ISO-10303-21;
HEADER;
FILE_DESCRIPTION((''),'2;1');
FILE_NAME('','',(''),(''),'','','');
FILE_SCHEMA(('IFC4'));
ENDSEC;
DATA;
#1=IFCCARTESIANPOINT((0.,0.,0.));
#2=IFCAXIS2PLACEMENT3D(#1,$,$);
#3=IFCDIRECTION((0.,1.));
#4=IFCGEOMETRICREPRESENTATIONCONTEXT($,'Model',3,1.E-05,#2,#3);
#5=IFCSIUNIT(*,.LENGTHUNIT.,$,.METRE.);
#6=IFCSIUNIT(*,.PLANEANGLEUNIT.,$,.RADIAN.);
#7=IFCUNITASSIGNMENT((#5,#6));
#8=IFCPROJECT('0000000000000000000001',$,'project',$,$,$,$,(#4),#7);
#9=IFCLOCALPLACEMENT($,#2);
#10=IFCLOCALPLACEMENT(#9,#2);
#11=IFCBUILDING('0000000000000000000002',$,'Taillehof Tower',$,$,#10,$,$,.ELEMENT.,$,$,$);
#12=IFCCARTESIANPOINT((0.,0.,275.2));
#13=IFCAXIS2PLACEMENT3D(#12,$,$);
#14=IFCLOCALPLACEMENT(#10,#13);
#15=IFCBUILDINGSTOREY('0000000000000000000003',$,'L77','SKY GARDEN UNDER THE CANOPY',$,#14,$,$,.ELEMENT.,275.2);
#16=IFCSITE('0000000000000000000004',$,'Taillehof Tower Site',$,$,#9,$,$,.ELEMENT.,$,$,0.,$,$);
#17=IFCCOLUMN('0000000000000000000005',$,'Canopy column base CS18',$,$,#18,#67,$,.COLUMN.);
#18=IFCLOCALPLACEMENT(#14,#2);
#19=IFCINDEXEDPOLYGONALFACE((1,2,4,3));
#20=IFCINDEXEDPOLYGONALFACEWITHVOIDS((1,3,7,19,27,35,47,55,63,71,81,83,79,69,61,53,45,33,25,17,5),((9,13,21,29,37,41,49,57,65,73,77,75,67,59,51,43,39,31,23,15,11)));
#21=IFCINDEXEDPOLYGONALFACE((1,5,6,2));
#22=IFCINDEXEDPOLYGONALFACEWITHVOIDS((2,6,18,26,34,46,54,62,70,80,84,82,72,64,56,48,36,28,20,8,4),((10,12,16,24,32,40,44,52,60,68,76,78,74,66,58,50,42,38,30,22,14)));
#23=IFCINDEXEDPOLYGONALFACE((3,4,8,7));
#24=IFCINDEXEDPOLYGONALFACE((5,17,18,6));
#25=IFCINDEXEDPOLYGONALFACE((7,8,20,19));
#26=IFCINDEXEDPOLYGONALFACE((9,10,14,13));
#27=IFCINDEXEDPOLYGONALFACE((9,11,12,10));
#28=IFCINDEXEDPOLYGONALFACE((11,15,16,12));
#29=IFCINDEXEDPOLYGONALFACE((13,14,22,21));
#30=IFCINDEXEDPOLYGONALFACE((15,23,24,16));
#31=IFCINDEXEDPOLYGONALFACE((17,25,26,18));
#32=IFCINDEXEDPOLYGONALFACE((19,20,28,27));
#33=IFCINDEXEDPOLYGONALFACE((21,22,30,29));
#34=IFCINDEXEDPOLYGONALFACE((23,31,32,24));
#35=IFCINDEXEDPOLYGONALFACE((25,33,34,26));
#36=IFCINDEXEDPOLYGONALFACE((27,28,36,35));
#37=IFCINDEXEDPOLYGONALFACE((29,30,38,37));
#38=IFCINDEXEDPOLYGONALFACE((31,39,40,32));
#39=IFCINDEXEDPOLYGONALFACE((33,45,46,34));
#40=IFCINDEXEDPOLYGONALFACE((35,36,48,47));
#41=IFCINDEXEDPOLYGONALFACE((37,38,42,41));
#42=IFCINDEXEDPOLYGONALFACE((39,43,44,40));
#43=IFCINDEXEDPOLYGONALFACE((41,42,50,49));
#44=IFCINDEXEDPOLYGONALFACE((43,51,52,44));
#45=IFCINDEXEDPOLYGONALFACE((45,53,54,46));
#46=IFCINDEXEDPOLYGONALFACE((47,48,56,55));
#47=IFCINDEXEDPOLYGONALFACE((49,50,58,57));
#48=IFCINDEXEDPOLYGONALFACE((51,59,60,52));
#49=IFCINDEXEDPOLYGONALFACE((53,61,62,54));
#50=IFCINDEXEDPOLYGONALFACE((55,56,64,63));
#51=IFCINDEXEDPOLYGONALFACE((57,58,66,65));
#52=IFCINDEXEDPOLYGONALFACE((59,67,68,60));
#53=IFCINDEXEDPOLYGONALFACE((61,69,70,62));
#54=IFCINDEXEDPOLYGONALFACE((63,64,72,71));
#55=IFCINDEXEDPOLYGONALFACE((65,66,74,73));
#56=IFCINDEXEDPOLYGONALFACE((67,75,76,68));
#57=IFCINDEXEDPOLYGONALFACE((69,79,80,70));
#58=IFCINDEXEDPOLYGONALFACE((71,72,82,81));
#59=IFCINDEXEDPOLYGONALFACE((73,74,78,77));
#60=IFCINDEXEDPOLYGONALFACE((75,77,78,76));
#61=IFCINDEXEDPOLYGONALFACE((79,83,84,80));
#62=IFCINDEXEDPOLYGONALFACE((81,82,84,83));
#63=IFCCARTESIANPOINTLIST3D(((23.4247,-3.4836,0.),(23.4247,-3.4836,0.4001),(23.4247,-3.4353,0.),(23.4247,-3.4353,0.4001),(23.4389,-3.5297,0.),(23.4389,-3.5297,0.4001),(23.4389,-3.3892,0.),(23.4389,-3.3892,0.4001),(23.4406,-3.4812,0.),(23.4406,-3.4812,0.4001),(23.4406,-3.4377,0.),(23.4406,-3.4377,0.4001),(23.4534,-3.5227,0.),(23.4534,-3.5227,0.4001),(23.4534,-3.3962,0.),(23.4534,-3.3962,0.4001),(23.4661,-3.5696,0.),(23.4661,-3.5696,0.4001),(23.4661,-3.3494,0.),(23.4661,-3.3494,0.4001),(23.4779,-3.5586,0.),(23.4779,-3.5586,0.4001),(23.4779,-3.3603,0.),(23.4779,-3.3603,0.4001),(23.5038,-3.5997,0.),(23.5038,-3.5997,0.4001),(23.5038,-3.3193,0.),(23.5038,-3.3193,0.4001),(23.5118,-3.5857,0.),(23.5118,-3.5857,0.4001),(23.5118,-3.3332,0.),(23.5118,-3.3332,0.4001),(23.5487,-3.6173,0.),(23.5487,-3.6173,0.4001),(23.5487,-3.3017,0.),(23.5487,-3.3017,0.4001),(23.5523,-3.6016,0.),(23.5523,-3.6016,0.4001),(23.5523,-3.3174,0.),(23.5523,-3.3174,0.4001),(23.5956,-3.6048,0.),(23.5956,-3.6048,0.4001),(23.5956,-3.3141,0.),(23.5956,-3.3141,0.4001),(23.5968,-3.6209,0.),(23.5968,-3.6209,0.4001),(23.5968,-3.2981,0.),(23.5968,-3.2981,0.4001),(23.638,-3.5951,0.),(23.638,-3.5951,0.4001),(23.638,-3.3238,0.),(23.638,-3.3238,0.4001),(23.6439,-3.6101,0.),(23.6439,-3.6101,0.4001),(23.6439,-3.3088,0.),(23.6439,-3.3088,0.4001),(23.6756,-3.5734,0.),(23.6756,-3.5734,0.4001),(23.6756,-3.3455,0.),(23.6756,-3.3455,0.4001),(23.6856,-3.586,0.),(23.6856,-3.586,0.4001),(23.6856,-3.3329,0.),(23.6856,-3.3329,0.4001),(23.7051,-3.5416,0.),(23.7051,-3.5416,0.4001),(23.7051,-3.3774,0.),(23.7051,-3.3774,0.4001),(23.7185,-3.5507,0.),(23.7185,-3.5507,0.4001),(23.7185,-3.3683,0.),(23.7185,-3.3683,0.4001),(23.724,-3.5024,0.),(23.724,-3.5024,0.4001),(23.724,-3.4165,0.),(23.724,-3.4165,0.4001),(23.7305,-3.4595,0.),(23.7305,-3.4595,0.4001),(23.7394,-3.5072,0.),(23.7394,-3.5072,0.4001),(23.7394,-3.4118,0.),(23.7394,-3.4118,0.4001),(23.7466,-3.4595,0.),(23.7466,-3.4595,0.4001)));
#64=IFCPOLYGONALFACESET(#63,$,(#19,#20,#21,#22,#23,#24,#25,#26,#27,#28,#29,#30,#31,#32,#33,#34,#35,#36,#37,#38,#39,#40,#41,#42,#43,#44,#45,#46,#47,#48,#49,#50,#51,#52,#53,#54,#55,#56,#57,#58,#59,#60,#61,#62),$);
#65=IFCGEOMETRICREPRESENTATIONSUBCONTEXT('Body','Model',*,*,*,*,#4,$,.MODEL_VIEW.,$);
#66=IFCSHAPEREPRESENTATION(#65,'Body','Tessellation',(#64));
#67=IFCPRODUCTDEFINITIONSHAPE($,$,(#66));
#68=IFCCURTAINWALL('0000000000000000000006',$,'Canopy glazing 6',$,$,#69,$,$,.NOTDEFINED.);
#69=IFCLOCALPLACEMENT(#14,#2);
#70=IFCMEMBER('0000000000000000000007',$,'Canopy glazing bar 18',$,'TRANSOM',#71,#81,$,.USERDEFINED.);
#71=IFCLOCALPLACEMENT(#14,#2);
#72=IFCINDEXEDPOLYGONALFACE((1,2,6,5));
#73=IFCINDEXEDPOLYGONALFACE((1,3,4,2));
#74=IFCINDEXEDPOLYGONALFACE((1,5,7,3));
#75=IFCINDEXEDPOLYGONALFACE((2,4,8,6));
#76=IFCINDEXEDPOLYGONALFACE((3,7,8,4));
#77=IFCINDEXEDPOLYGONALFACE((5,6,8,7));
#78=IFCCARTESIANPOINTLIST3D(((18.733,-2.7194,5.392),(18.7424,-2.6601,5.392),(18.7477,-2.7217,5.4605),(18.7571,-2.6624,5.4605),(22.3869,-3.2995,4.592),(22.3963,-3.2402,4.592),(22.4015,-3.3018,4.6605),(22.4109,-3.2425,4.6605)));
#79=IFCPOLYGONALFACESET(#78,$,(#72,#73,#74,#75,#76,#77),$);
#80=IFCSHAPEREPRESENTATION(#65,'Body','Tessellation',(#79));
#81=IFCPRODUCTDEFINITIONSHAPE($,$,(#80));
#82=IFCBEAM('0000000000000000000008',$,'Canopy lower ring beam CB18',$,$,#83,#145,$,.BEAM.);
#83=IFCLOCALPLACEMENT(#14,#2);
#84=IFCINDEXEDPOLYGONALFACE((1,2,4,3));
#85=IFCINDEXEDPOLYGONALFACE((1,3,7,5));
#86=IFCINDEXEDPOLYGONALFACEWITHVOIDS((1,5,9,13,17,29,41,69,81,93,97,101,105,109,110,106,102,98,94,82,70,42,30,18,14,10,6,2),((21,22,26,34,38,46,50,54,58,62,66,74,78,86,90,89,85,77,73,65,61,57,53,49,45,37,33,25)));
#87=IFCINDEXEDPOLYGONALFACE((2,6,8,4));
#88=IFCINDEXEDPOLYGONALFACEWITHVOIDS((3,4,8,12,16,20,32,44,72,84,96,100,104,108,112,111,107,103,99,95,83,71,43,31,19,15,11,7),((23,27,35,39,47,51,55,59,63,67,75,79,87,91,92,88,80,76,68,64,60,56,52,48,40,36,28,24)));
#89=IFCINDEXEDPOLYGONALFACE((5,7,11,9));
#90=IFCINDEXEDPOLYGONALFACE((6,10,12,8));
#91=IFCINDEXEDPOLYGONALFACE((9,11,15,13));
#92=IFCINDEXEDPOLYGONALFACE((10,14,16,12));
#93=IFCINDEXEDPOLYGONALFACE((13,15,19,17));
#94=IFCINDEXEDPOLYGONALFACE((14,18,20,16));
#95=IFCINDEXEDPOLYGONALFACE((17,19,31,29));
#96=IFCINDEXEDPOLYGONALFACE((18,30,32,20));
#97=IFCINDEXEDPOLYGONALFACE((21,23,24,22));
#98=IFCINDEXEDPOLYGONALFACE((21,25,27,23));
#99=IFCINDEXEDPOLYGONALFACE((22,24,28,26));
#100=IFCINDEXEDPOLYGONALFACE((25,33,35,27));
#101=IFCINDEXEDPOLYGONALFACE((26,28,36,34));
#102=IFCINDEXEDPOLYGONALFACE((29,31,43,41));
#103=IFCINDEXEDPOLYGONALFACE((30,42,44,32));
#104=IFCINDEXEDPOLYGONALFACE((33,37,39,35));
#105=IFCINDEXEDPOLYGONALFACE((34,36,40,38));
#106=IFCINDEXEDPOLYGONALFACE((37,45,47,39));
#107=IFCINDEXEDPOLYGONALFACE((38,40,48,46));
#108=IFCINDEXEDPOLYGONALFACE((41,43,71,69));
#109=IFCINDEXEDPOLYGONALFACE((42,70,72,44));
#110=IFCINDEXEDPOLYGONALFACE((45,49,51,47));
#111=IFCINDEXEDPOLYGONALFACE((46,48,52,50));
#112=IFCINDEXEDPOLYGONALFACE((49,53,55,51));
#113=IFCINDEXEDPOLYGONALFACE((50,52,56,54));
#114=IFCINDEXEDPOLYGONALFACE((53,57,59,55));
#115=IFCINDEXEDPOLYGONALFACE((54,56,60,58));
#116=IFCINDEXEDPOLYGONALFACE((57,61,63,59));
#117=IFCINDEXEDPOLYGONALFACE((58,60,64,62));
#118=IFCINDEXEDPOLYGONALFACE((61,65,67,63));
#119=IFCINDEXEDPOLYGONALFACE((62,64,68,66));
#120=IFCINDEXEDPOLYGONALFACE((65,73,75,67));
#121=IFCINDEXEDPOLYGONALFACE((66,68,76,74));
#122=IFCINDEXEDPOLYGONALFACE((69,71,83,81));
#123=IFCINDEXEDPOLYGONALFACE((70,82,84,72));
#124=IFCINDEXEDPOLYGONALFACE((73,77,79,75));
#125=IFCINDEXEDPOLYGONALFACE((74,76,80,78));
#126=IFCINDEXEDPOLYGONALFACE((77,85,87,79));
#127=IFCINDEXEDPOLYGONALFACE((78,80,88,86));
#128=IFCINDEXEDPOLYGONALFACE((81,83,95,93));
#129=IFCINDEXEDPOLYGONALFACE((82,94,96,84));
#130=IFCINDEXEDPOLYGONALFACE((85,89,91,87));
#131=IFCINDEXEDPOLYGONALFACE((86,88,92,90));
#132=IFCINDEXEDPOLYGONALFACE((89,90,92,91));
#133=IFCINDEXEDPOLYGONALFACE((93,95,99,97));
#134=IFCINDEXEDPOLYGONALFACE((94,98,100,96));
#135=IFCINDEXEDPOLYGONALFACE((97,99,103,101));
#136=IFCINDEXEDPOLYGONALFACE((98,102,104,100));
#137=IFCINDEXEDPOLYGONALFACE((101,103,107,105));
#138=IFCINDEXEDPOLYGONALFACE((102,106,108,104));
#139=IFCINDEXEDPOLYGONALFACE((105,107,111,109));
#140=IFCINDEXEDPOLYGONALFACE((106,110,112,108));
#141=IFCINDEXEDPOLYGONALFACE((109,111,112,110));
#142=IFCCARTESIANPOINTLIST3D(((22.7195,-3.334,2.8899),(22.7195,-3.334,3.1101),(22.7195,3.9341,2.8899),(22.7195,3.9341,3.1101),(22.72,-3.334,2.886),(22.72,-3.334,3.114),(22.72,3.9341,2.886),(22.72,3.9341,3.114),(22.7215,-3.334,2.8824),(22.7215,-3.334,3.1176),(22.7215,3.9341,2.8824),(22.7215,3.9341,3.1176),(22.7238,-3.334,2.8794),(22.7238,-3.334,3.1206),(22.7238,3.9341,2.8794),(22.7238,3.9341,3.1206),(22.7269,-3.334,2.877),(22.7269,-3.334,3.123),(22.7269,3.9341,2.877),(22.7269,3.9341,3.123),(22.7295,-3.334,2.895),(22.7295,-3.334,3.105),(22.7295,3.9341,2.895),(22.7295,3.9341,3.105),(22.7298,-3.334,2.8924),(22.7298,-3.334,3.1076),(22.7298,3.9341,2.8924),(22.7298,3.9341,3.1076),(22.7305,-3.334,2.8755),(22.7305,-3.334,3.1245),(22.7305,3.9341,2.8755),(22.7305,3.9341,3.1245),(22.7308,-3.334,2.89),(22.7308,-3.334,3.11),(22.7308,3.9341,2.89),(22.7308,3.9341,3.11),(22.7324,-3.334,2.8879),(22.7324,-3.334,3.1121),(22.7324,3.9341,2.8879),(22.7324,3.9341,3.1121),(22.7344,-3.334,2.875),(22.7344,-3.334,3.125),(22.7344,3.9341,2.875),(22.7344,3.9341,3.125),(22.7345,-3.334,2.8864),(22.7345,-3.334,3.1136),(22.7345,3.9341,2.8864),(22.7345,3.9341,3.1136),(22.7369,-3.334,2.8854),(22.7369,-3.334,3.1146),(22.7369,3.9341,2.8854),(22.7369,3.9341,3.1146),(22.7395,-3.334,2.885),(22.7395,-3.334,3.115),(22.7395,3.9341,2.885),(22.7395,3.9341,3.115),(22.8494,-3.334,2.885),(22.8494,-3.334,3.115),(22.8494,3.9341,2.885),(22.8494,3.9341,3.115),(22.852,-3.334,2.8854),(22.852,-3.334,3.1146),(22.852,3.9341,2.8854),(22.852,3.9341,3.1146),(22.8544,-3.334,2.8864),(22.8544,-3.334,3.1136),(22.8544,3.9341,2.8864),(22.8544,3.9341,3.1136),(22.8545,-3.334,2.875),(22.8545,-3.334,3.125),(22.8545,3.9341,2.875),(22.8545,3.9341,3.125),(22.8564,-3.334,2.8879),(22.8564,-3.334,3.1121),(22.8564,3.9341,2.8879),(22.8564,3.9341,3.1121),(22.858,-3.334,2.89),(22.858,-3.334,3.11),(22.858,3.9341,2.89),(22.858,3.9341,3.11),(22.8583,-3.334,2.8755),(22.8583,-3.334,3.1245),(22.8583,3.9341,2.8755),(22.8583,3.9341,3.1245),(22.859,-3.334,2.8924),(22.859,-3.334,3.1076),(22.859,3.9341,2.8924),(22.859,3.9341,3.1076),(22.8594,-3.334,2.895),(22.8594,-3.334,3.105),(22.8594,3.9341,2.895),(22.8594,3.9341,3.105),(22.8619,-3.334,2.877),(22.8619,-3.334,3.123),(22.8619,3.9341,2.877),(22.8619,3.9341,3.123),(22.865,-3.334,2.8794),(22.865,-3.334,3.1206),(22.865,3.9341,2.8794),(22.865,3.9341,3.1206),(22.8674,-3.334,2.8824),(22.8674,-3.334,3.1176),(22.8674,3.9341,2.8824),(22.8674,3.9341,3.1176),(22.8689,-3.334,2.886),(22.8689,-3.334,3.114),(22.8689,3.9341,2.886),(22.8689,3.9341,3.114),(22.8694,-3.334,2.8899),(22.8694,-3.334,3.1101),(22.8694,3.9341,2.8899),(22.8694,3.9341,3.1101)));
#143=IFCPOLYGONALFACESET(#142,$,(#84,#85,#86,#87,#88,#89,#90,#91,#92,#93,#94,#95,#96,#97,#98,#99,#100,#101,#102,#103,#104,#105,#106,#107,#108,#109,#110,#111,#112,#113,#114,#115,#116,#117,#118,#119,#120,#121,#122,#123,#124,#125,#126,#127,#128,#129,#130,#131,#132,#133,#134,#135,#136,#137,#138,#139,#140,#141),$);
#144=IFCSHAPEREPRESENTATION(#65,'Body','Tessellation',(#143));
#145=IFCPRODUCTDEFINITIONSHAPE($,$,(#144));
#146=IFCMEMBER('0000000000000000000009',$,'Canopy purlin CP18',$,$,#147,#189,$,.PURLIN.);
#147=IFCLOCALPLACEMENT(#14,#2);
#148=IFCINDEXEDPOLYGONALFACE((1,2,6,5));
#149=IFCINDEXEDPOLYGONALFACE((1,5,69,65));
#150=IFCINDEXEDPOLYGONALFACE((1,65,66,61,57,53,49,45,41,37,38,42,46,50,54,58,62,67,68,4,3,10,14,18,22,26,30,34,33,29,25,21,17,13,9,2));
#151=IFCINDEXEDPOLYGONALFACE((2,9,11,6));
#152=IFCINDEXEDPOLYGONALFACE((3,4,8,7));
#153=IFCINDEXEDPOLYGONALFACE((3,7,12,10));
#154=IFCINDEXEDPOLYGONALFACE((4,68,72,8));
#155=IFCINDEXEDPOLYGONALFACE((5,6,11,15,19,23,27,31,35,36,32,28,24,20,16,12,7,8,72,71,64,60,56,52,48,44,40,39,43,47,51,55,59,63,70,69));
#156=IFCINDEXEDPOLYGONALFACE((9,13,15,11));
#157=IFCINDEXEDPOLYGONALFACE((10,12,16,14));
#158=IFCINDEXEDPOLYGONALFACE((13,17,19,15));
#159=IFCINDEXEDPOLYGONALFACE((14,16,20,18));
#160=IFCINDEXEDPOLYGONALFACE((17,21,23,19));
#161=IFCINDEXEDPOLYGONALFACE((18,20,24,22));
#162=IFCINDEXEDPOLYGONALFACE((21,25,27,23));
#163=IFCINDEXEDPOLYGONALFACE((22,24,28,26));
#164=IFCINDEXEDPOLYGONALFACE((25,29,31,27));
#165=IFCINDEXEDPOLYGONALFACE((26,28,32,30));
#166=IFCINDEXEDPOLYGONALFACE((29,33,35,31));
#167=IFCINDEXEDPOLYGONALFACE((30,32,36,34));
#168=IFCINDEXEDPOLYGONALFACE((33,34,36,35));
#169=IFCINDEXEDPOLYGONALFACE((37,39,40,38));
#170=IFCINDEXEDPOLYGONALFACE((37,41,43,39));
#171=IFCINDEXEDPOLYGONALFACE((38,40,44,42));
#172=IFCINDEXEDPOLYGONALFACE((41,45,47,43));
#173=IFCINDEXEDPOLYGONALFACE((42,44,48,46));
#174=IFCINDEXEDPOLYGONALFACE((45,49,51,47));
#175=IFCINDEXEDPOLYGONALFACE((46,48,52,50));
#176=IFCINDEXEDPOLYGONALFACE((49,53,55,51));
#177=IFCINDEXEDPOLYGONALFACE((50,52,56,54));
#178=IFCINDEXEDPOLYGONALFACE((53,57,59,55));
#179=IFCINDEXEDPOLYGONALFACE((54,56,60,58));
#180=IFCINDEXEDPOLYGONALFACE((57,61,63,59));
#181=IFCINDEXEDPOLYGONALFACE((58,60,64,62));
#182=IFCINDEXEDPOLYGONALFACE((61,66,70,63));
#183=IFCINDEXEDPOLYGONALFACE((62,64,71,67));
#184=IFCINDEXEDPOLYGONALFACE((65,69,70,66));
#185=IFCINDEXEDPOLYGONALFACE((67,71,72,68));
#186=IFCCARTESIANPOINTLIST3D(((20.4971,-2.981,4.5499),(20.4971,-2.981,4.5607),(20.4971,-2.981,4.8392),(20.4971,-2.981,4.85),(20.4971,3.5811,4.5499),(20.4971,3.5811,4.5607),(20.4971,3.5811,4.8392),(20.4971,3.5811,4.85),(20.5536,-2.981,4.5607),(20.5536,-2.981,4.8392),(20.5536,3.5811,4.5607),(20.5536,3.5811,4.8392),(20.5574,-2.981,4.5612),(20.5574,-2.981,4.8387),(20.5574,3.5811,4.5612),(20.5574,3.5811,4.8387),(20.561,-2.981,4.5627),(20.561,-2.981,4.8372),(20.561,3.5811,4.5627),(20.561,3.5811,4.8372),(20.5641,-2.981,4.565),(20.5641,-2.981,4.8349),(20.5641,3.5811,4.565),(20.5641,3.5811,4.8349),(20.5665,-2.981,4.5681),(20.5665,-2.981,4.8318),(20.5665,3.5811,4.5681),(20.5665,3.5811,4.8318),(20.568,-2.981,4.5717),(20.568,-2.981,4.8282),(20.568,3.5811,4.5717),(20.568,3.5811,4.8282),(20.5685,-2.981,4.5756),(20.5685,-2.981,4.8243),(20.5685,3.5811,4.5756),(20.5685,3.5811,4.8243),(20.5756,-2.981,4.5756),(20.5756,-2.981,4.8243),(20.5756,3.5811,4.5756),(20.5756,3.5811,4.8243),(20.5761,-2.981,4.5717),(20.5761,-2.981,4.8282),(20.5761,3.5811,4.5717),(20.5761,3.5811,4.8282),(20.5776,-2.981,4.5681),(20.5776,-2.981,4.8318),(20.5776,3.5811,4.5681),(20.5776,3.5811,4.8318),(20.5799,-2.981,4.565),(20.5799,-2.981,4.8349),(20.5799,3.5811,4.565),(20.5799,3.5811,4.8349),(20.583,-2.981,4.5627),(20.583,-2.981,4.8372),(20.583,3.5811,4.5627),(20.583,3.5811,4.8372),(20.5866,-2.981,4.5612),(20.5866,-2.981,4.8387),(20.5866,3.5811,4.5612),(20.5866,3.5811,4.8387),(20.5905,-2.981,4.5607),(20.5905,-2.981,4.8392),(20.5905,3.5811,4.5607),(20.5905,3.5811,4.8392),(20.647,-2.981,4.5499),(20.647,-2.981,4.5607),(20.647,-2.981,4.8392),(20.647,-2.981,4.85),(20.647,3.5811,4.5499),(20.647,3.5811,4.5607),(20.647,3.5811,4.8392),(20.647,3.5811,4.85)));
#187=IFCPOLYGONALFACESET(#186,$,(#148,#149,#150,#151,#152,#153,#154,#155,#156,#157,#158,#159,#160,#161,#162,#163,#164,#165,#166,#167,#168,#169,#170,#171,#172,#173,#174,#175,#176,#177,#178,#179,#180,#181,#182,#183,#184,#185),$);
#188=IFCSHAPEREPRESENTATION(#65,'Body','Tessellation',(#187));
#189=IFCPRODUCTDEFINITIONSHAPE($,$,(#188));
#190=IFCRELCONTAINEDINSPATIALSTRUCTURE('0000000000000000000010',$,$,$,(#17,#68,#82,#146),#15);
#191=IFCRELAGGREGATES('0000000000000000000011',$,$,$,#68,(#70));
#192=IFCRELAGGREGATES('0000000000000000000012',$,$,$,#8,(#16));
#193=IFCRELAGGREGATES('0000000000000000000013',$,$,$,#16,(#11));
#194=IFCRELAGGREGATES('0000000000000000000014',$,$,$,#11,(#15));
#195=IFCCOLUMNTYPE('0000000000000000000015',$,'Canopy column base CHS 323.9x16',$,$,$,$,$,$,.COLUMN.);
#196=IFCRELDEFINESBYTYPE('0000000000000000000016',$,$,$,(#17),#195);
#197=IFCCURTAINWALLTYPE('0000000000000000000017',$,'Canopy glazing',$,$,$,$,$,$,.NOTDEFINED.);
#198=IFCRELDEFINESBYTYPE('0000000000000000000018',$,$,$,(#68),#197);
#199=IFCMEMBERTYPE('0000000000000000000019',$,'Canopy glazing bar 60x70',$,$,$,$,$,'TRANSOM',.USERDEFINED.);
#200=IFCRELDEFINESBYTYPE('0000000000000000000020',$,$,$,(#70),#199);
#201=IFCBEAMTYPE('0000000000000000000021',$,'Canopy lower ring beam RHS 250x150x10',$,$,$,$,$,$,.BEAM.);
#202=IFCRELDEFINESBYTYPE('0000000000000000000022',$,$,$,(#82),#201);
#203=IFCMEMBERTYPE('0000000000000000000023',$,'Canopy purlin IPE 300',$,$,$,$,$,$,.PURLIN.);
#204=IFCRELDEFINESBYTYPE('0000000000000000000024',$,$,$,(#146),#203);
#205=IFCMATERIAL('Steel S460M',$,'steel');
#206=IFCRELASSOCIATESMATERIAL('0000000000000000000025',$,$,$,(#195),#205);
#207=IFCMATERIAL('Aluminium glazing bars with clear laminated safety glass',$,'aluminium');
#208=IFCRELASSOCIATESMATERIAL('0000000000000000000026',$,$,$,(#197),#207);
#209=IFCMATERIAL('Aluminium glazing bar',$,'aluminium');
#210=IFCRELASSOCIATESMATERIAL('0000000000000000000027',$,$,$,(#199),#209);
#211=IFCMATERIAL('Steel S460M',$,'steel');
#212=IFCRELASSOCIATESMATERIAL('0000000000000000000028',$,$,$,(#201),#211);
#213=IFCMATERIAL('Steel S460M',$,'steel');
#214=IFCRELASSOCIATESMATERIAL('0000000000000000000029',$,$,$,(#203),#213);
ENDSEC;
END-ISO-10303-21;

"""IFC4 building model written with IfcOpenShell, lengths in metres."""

from ifc_helpers import new_model, si_unit, direction, frame, origin, origin_2d, place, context, subcontext, project, spatial, rectangle, hollow_rectangle, hollow_circle, i_section, extrude, material, material_profile, profile_set, type_object, element, aggregate, save


model = new_model("IFC4")

# Units and contexts
model_context = context("Model", 3, precision=1e-05, world=origin(), true_north=direction((0.0, 1.0)))
body_context = subcontext(model_context, "Body", "Model", "MODEL_VIEW")
ifc_project = project(units=[si_unit("LENGTHUNIT", "METRE"), si_unit("PLANEANGLEUNIT", "RADIAN")], contexts=[model_context])

# Site, building, storey
site_placement = place(None, origin())
site = spatial("IfcSite", under=ifc_project, at=site_placement, Name="Taillehof Tower Site", CompositionType="ELEMENT", RefElevation=0.0)
building_placement = place(site_placement, origin())
building = spatial("IfcBuilding", under=site, at=building_placement, Name="Taillehof Tower", CompositionType="ELEMENT")
storey_placement = place(building_placement, frame((0.0, 0.0, 275.2)))
storey = spatial("IfcBuildingStorey", under=building, at=storey_placement, Name="L77", Description="SKY GARDEN UNDER THE CANOPY", CompositionType="ELEMENT", Elevation=275.2)

# Column
ifc_material_1 = material(Name="Steel S460M", Category="steel")
ifc_material_profile_1 = material_profile(ifc_material_1, hollow_circle(Radius=0.1619, WallThickness=0.0161, at=origin_2d()), Name="CHS 323.9x16")
ifc_profile_set_1 = profile_set([ifc_material_profile_1], Name="Steel S460M")
column_type = type_object("IfcColumnType", Name="Canopy column base CHS 323.9x16", PredefinedType="COLUMN", material=ifc_profile_set_1)
column_placement = place(storey_placement, frame((23.5847, -3.4595, 0.0), z_axis=(0.0, 0.0, 1.0), x_axis=(1.0, 0.0, 0.0)))
element("IfcColumn", 1, at=column_placement, inside=storey, type_object=column_type, Name="Canopy column base CS18", PredefinedType="COLUMN", context=body_context, shape_type="SweptSolid", body=[
    extrude(hollow_circle(Radius=0.1619, WallThickness=0.0161, at=origin_2d()), origin(), (0.0, 0.0, 1.0), 0.4001),
])

# Curtain wall, member
ifc_material_2 = material(Name="Aluminium glazing bars with clear laminated safety glass", Category="aluminium")
curtain_wall_type = type_object("IfcCurtainWallType", Name="Canopy glazing", PredefinedType="NOTDEFINED", material=ifc_material_2)
curtain_wall_placement = place(storey_placement, origin())
curtain_wall = element("IfcCurtainWall", 2, at=curtain_wall_placement, inside=storey, type_object=curtain_wall_type, Name="Canopy glazing 6", PredefinedType="NOTDEFINED")
ifc_material_3 = material(Name="Aluminium glazing bar", Category="aluminium")
ifc_material_profile_2 = material_profile(ifc_material_3, rectangle(XDim=0.0601, YDim=0.0701, at=origin_2d()), Name="AL 60x70")
ifc_profile_set_2 = profile_set([ifc_material_profile_2], Name="Aluminium glazing bar")
member_type_1 = type_object("IfcMemberType", Name="Canopy glazing bar 60x70", ElementType="TRANSOM", PredefinedType="USERDEFINED", material=ifc_profile_set_2)
member_1_placement = place(storey_placement, frame((22.3989, -3.271, 4.6262), z_axis=(-0.965317, 0.153254, 0.211369), x_axis=(-0.156796, -0.987631, 0.0)))
member_1 = element("IfcMember", 3, at=member_1_placement, type_object=member_type_1, Name="Canopy glazing bar 18", ObjectType="TRANSOM", PredefinedType="USERDEFINED", context=body_context, shape_type="SweptSolid", body=[
    extrude(rectangle(XDim=0.0601, YDim=0.0701, at=origin_2d()), origin(), (0.0, 0.0, 1.0), 3.7852),
])
aggregate(curtain_wall, [member_1])

# Beam
ifc_material_4 = material(Name="Steel S460M", Category="steel")
ifc_material_profile_3 = material_profile(ifc_material_4, hollow_rectangle(XDim=0.1499, YDim=0.25, WallThickness=0.01, InnerFilletRadius=0.01, OuterFilletRadius=0.0149, at=origin_2d()), Name="RHS 250x150x10")
ifc_profile_set_3 = profile_set([ifc_material_profile_3], Name="Steel S460M")
beam_type_1 = type_object("IfcBeamType", Name="Canopy lower ring beam RHS 250x150x10", PredefinedType="BEAM", material=ifc_profile_set_3)
beam_1_placement = place(storey_placement, frame((22.7944, -3.334, 3.0), z_axis=(0.0, 1.0, 0.0), x_axis=(-1.0, 0.0, 0.0)))
element("IfcBeam", 4, at=beam_1_placement, inside=storey, type_object=beam_type_1, Name="Canopy lower ring beam CB18", PredefinedType="BEAM", context=body_context, shape_type="SweptSolid", body=[
    extrude(hollow_rectangle(XDim=0.1499, YDim=0.25, WallThickness=0.01, InnerFilletRadius=0.01, OuterFilletRadius=0.0149, at=origin_2d()), origin(), (0.0, 0.0, 1.0), 7.2681),
])

# Member
ifc_material_5 = material(Name="Steel S460M", Category="steel")
ifc_material_profile_4 = material_profile(ifc_material_5, i_section(OverallWidth=0.1499, OverallDepth=0.3, WebThickness=0.0071, FlangeThickness=0.0107, FilletRadius=0.0149, at=origin_2d()), Name="IPE 300")
ifc_profile_set_4 = profile_set([ifc_material_profile_4], Name="Steel S460M")
member_type_2 = type_object("IfcMemberType", Name="Canopy purlin IPE 300", PredefinedType="PURLIN", material=ifc_profile_set_4)
member_2_placement = place(storey_placement, frame((20.572, -2.981, 4.7), z_axis=(0.0, 1.0, 0.0), x_axis=(-1.0, 0.0, 0.0)))
element("IfcMember", 5, at=member_2_placement, inside=storey, type_object=member_type_2, Name="Canopy purlin CP18", PredefinedType="PURLIN", context=body_context, shape_type="SweptSolid", body=[
    extrude(i_section(OverallWidth=0.1499, OverallDepth=0.3, WebThickness=0.0071, FlangeThickness=0.0107, FilletRadius=0.0149, at=origin_2d()), origin(), (0.0, 0.0, 1.0), 6.562),
])

save(model, "model.ifc")
